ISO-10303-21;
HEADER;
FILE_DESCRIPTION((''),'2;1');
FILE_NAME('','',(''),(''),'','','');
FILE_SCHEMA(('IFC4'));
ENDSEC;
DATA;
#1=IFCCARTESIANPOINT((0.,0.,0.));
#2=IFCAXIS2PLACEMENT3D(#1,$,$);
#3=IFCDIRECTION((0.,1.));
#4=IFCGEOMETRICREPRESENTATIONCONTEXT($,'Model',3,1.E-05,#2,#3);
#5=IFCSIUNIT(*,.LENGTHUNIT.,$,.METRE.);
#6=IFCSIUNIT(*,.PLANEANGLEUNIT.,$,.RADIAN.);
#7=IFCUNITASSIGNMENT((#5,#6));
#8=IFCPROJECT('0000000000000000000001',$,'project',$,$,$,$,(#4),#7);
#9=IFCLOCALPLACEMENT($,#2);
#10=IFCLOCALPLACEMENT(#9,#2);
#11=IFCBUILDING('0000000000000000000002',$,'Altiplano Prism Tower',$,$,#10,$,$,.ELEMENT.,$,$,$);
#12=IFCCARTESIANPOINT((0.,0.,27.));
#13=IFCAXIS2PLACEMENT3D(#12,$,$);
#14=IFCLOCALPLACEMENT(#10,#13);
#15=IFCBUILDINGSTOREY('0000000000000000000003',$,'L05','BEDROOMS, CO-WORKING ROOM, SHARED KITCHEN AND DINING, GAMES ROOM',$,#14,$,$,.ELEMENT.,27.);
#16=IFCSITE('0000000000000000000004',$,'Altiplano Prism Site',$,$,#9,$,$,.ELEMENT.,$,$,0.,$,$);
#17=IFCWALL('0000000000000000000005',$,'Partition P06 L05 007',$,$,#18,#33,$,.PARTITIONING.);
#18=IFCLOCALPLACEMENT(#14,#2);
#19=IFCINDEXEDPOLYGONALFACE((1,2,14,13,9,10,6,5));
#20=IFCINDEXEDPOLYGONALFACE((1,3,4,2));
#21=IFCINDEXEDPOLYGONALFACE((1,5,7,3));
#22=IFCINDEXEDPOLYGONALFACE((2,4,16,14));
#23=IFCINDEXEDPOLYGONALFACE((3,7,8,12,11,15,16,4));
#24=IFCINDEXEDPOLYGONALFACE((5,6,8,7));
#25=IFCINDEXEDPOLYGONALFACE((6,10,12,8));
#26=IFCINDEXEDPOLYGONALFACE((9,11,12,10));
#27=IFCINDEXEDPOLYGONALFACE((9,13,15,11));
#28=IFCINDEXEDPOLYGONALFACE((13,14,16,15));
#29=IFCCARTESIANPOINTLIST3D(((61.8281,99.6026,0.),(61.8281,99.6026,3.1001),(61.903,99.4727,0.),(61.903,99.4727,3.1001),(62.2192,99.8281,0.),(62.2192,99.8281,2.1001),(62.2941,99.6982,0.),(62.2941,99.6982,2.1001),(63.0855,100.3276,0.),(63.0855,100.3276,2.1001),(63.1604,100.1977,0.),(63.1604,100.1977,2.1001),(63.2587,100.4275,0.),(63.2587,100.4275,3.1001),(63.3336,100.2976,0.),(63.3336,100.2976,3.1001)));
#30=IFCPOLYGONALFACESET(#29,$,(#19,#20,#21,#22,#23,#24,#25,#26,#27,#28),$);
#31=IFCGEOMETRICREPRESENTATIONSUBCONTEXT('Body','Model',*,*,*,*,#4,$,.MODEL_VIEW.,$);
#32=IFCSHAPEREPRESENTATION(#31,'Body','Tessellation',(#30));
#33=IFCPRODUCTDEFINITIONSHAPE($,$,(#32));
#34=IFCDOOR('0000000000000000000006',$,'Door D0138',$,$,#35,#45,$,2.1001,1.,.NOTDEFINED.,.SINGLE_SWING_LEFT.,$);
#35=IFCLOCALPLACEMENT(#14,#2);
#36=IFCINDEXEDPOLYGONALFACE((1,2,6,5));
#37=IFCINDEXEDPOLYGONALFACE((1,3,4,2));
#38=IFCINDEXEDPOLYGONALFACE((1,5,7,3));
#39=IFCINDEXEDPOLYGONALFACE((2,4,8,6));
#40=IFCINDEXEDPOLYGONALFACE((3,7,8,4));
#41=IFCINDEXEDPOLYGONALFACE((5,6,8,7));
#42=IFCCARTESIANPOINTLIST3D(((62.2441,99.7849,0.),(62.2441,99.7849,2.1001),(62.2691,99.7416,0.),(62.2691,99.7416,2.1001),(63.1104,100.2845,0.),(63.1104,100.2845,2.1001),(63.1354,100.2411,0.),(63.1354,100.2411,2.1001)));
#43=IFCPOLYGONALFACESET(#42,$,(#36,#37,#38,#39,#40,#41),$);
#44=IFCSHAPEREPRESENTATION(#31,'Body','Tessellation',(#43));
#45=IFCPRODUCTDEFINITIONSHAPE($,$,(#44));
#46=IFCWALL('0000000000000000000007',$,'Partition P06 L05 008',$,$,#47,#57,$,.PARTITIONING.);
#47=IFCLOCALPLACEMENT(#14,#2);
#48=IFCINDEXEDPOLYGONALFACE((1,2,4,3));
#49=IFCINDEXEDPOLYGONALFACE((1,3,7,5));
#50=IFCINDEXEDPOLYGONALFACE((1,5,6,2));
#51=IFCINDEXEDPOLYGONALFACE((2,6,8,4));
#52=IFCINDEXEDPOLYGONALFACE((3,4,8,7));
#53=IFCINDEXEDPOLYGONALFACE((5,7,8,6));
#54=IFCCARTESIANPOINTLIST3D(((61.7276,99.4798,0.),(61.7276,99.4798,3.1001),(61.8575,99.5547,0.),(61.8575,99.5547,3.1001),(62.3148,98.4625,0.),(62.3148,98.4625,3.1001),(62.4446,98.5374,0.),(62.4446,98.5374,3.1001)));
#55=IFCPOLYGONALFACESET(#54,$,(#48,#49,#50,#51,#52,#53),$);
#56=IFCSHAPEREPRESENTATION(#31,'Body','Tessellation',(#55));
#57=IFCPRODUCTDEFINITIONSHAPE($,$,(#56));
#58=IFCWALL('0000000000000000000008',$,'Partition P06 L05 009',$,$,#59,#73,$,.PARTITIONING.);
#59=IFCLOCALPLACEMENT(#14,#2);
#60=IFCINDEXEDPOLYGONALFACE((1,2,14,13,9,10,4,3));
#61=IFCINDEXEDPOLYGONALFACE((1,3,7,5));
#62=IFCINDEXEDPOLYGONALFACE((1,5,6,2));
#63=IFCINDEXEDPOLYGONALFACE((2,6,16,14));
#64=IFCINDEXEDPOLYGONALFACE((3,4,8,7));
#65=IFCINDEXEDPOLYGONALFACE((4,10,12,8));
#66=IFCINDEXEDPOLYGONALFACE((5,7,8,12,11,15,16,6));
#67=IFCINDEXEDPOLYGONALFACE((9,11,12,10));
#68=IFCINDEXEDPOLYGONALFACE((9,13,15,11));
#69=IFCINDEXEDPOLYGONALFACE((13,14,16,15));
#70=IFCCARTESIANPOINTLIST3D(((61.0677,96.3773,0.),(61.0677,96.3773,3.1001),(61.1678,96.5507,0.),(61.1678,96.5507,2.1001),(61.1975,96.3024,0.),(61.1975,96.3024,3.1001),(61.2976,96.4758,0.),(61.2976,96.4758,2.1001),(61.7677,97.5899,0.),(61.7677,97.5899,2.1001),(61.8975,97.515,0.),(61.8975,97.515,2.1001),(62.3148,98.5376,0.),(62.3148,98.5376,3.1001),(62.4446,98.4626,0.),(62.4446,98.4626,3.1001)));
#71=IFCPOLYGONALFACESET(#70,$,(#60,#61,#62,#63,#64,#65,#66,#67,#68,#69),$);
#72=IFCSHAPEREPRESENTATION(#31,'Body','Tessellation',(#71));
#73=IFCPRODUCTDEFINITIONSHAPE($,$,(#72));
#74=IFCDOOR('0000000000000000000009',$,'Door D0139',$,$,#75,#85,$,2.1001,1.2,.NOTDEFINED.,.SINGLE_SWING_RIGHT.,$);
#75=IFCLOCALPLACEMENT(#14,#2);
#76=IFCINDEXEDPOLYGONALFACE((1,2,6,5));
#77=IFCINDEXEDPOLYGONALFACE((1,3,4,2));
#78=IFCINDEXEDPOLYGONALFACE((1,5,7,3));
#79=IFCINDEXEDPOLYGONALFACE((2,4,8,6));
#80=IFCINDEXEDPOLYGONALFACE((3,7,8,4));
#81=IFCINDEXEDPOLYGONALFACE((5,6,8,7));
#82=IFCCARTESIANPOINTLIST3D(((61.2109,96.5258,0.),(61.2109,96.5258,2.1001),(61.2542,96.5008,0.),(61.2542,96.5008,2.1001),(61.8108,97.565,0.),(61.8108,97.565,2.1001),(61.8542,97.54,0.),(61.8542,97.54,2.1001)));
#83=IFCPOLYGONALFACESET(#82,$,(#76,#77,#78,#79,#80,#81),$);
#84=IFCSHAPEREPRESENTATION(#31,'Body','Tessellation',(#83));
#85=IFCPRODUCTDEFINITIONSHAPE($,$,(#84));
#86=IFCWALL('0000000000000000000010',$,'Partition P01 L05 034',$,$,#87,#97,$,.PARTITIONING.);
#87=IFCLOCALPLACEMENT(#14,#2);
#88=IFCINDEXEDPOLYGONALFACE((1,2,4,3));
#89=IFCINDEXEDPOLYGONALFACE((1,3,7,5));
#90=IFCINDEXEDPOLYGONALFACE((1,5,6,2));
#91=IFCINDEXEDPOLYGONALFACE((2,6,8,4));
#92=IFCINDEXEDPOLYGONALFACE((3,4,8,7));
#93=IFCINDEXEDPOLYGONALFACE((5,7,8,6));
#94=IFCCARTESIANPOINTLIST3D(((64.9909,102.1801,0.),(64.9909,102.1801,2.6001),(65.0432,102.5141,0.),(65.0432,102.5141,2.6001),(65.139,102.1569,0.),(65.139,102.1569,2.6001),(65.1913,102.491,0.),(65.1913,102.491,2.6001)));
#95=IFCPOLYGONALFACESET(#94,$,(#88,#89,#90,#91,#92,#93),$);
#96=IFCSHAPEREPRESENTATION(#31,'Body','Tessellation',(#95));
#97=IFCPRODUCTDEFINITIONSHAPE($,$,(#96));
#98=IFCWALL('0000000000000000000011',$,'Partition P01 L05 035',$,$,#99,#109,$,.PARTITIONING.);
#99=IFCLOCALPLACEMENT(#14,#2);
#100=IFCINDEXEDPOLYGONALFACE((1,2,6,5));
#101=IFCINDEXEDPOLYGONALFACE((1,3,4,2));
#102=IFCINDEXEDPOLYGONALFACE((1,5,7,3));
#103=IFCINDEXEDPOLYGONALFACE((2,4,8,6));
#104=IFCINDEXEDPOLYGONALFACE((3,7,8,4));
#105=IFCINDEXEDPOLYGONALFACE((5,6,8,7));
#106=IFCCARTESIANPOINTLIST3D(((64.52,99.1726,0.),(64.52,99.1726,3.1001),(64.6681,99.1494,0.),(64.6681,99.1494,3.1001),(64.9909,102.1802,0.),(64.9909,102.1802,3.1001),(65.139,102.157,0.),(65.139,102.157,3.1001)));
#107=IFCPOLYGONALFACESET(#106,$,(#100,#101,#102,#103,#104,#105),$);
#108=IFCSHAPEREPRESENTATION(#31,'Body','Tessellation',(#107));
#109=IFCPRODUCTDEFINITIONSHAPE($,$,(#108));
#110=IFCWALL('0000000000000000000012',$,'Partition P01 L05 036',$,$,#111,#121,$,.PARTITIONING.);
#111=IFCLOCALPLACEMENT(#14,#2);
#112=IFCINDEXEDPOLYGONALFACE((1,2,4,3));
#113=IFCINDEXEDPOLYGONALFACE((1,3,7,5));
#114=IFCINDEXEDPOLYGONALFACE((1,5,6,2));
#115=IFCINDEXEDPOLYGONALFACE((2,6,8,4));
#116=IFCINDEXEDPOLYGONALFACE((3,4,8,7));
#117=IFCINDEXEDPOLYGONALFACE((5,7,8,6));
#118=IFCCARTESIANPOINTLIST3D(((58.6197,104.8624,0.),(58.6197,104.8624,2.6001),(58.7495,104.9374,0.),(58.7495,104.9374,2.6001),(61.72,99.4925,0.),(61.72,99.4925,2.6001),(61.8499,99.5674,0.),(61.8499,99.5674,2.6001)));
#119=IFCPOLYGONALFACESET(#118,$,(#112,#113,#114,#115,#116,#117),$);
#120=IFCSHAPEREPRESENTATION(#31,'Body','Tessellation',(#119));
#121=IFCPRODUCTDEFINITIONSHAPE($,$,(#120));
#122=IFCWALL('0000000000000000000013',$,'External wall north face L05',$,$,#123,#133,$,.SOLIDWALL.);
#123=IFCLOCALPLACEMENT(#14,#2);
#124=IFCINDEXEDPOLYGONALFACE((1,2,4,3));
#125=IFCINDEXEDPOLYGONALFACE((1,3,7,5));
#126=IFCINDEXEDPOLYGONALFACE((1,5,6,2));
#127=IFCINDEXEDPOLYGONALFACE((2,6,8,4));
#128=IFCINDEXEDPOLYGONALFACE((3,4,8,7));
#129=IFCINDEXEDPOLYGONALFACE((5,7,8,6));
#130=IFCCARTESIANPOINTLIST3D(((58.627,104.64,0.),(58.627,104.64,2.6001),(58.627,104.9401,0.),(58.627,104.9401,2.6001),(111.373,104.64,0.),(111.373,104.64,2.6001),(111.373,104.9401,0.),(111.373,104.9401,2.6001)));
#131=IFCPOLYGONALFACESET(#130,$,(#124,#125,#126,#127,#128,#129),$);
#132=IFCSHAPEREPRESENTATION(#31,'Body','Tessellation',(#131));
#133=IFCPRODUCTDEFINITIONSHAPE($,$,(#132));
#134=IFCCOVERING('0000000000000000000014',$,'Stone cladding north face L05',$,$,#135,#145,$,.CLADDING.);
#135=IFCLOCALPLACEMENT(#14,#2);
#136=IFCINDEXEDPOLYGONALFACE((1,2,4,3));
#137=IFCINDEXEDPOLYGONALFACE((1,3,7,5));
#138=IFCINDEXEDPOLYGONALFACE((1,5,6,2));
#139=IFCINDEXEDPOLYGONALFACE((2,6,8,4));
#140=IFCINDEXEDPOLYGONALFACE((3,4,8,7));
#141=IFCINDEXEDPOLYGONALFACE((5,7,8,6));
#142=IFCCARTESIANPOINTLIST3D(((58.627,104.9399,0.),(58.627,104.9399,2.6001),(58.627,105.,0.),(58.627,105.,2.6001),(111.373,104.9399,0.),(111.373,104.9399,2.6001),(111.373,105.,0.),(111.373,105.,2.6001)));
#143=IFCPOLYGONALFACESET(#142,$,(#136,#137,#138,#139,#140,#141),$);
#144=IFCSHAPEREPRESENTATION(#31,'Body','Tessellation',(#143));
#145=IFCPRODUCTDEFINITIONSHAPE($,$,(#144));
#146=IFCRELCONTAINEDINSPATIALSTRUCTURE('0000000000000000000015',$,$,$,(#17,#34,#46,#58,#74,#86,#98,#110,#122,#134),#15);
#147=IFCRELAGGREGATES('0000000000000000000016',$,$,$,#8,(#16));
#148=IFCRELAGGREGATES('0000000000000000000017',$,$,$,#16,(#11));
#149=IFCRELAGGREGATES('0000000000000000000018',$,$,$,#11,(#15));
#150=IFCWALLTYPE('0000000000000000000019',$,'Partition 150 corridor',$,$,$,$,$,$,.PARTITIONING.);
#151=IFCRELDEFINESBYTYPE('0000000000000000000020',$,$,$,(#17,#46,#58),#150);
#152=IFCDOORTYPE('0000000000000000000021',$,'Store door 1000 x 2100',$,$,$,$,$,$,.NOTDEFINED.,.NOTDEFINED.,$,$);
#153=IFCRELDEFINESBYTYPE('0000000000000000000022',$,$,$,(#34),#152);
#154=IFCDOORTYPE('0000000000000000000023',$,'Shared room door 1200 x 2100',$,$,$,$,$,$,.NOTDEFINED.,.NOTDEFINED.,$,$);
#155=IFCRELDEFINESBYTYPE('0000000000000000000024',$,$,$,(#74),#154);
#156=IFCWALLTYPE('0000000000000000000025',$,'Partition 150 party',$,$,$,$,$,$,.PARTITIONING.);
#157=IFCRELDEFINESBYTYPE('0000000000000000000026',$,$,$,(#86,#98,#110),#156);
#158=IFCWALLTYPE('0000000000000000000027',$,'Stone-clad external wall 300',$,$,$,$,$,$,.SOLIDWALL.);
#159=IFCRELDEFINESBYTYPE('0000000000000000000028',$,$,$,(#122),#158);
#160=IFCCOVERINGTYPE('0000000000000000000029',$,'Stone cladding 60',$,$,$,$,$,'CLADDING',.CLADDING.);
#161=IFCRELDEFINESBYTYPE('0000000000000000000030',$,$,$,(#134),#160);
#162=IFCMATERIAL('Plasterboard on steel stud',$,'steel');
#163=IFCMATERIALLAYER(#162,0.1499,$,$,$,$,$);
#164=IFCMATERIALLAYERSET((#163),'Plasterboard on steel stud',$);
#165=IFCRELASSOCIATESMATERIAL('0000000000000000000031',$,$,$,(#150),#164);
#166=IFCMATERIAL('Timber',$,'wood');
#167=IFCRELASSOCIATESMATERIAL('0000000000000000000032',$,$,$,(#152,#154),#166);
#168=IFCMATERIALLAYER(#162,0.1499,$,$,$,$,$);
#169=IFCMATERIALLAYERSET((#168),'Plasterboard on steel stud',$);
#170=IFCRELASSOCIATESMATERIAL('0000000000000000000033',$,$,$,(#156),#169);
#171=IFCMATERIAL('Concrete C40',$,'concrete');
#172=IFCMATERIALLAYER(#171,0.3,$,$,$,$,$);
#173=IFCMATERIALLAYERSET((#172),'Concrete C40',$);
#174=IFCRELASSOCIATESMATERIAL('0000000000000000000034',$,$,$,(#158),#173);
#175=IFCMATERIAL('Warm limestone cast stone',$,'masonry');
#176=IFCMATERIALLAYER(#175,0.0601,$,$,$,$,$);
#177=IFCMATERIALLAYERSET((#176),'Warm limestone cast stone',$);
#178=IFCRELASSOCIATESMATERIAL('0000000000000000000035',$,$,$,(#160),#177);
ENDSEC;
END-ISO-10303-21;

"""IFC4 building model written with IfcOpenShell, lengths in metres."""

from ifc_helpers import new_model, si_unit, direction, frame, frame_2d, origin, place, context, subcontext, project, spatial, rectangle, extrude, material, layer, layer_set, type_object, element, fill, save


model = new_model("IFC4")

# Units and contexts
model_context = context("Model", 3, precision=1e-05, world=origin(), true_north=direction((0.0, 1.0)))
body_context = subcontext(model_context, "Body", "Model", "MODEL_VIEW")
ifc_project = project(units=[si_unit("LENGTHUNIT", "METRE"), si_unit("PLANEANGLEUNIT", "RADIAN")], contexts=[model_context])

# Site, building, storey
site_placement = place(None, origin())
site = spatial("IfcSite", under=ifc_project, at=site_placement, Name="Altiplano Prism Site", CompositionType="ELEMENT", RefElevation=0.0)
building_placement = place(site_placement, origin())
building = spatial("IfcBuilding", under=site, at=building_placement, Name="Altiplano Prism Tower", CompositionType="ELEMENT")
storey_placement = place(building_placement, frame((0.0, 0.0, 27.0)))
storey = spatial("IfcBuildingStorey", under=building, at=storey_placement, Name="L05", Description="BEDROOMS, CO-WORKING ROOM, SHARED KITCHEN AND DINING, GAMES ROOM", CompositionType="ELEMENT", Elevation=27.0)

# Shared definitions
ifc_material_1 = material(Name="Plasterboard on steel stud", Category="steel")
ifc_layer_1 = layer(ifc_material_1, 0.1499)
ifc_layer_set_1 = layer_set([ifc_layer_1], Name="Plasterboard on steel stud")
wall_type_1 = type_object("IfcWallType", Name="Partition 150 corridor", PredefinedType="PARTITIONING", material=ifc_layer_set_1)

# Wall, opening, door
wall_1_placement = place(storey_placement, frame((63.2961, 100.3625, 0.0), z_axis=(0.0, 0.0, 1.0), x_axis=(-0.866299, -0.499526, 0.0)))
wall_1 = element("IfcWall", 1, at=wall_1_placement, inside=storey, type_object=wall_type_1, Name="Partition P06 L05 007", PredefinedType="PARTITIONING", context=body_context, shape_type="SweptSolid", body=[
    extrude(rectangle(XDim=1.6514, YDim=0.1499, at=frame_2d((0.8257, 0.0))), origin(), (0.0, 0.0, 1.0), 3.1001),
])
opening_1_placement = place(wall_1_placement, frame((0.2, 0.0, 0.0)))
opening_1 = element("IfcOpeningElement", 2, at=opening_1_placement, cuts=wall_1, PredefinedType="OPENING", context=body_context, shape_type="SweptSolid", body=[
    extrude(rectangle(XDim=1.0, YDim=2.1001, at=frame_2d((0.5, 1.05))), frame((0.0, 0.0854, 0.0), z_axis=(0.0, -1.0, 0.0), x_axis=(1.0, 0.0, 0.0)), (0.0, 0.0, 1.0), 0.1709),
])
ifc_material_2 = material(Name="Timber", Category="wood")
door_type_1 = type_object("IfcDoorType", Name="Store door 1000 x 2100", OperationType="NOTDEFINED", PredefinedType="NOTDEFINED", material=ifc_material_2)
door_1_placement = place(opening_1_placement, origin())
door_1 = element("IfcDoor", 3, at=door_1_placement, inside=storey, type_object=door_type_1, Name="Door D0138", OperationType="SINGLE_SWING_LEFT", OverallHeight=2.1001, OverallWidth=1.0, PredefinedType="NOTDEFINED", context=body_context, shape_type="SweptSolid", body=[
    extrude(rectangle(XDim=1.0, YDim=2.1001, at=frame_2d((0.5, 1.05))), frame((0.0, 0.0249, 0.0), z_axis=(0.0, -1.0, 0.0), x_axis=(1.0, 0.0, 0.0)), (0.0, 0.0, 1.0), 0.05),
])
fill(opening_1, door_1)

# Wall
wall_2_placement = place(storey_placement, frame((61.7925, 99.5173, 0.0), z_axis=(0.0, 0.0, 1.0), x_axis=(0.499872, -0.866099, 0.0)))
element("IfcWall", 4, at=wall_2_placement, inside=storey, type_object=wall_type_1, Name="Partition P06 L05 008", PredefinedType="PARTITIONING", context=body_context, shape_type="SweptSolid", body=[
    extrude(rectangle(XDim=1.1746, YDim=0.1499, at=frame_2d((0.5874, 0.0))), origin(), (0.0, 0.0, 1.0), 3.1001),
])

# Wall, opening, door
wall_3_placement = place(storey_placement, frame((62.3796, 98.5, 0.0), z_axis=(0.0, 0.0, 1.0), x_axis=(-0.499971, -0.866042, 0.0)))
wall_3 = element("IfcWall", 5, at=wall_3_placement, inside=storey, type_object=wall_type_1, Name="Partition P06 L05 009", PredefinedType="PARTITIONING", context=body_context, shape_type="SweptSolid", body=[
    extrude(rectangle(XDim=2.4944, YDim=0.1499, at=frame_2d((1.2471, 0.0))), origin(), (0.0, 0.0, 1.0), 3.1001),
])
opening_2_placement = place(wall_3_placement, frame((1.094, 0.0, 0.0)))
opening_2 = element("IfcOpeningElement", 6, at=opening_2_placement, cuts=wall_3, PredefinedType="OPENING", context=body_context, shape_type="SweptSolid", body=[
    extrude(rectangle(XDim=1.2, YDim=2.1001, at=frame_2d((0.6001, 1.05))), frame((0.0, 0.0854, 0.0), z_axis=(0.0, -1.0, 0.0), x_axis=(1.0, 0.0, 0.0)), (0.0, 0.0, 1.0), 0.1709),
])
door_type_2 = type_object("IfcDoorType", Name="Shared room door 1200 x 2100", OperationType="NOTDEFINED", PredefinedType="NOTDEFINED", material=ifc_material_2)
door_2_placement = place(opening_2_placement, origin())
door_2 = element("IfcDoor", 7, at=door_2_placement, inside=storey, type_object=door_type_2, Name="Door D0139", OperationType="SINGLE_SWING_RIGHT", OverallHeight=2.1001, OverallWidth=1.2, PredefinedType="NOTDEFINED", context=body_context, shape_type="SweptSolid", body=[
    extrude(rectangle(XDim=1.2, YDim=2.1001, at=frame_2d((0.6001, 1.05))), frame((0.0, 0.0249, 0.0), z_axis=(0.0, -1.0, 0.0), x_axis=(1.0, 0.0, 0.0)), (0.0, 0.0, 1.0), 0.05),
])
fill(opening_2, door_2)

# Walls
ifc_layer_2 = layer(ifc_material_1, 0.1499)
ifc_layer_set_2 = layer_set([ifc_layer_2], Name="Plasterboard on steel stud")
wall_type_2 = type_object("IfcWallType", Name="Partition 150 party", PredefinedType="PARTITIONING", material=ifc_layer_set_2)
wall_4_placement = place(storey_placement, frame((65.1172, 102.5024, 0.0), z_axis=(0.0, 0.0, 1.0), x_axis=(-0.154553, -0.987984, 0.0)))
element("IfcWall", 8, at=wall_4_placement, inside=storey, type_object=wall_type_2, Name="Partition P01 L05 034", PredefinedType="PARTITIONING", context=body_context, shape_type="SweptSolid", body=[
    extrude(rectangle(XDim=0.3381, YDim=0.1499, at=frame_2d((0.1689, 0.0))), origin(), (0.0, 0.0, 1.0), 2.6001),
])
wall_5_placement = place(storey_placement, frame((65.0649, 102.1685, 0.0), z_axis=(0.0, 0.0, 1.0), x_axis=(-0.154702, -0.987961, 0.0)))
element("IfcWall", 9, at=wall_5_placement, inside=storey, type_object=wall_type_2, Name="Partition P01 L05 035", PredefinedType="PARTITIONING", context=body_context, shape_type="SweptSolid", body=[
    extrude(rectangle(XDim=3.0442, YDim=0.1499, at=frame_2d((1.522, 0.0))), origin(), (0.0, 0.0, 1.0), 3.1001),
])
wall_6_placement = place(storey_placement, frame((58.6846, 104.8999, 0.0), z_axis=(0.0, 0.0, 1.0), x_axis=(0.500005, -0.866022, 0.0)))
element("IfcWall", 10, at=wall_6_placement, inside=storey, type_object=wall_type_2, Name="Partition P01 L05 036", PredefinedType="PARTITIONING", context=body_context, shape_type="SweptSolid", body=[
    extrude(rectangle(XDim=6.2007, YDim=0.1499, at=frame_2d((3.1003, 0.0))), origin(), (0.0, 0.0, 1.0), 2.6001),
])
ifc_material_3 = material(Name="Concrete C40", Category="concrete")
ifc_layer_3 = layer(ifc_material_3, 0.3)
ifc_layer_set_3 = layer_set([ifc_layer_3], Name="Concrete C40")
wall_type_3 = type_object("IfcWallType", Name="Stone-clad external wall 300", PredefinedType="SOLIDWALL", material=ifc_layer_set_3)
wall_7_placement = place(storey_placement, frame((58.627, 104.79, 0.0), z_axis=(0.0, 0.0, 1.0), x_axis=(1.0, 0.0, 0.0)))
element("IfcWall", 11, at=wall_7_placement, inside=storey, type_object=wall_type_3, Name="External wall north face L05", PredefinedType="SOLIDWALL", context=body_context, shape_type="SweptSolid", body=[
    extrude(rectangle(XDim=52.7461, YDim=0.3, at=frame_2d((26.373, 0.0))), origin(), (0.0, 0.0, 1.0), 2.6001),
])

# Covering
ifc_material_4 = material(Name="Warm limestone cast stone", Category="masonry")
ifc_layer_4 = layer(ifc_material_4, 0.0601)
ifc_layer_set_4 = layer_set([ifc_layer_4], Name="Warm limestone cast stone")
covering_type = type_object("IfcCoveringType", Name="Stone cladding 60", ElementType="CLADDING", PredefinedType="CLADDING", material=ifc_layer_set_4)
covering_placement = place(storey_placement, frame((58.627, 104.97, 0.0), z_axis=(0.0, 0.0, 1.0), x_axis=(1.0, 0.0, 0.0)))
element("IfcCovering", 12, at=covering_placement, inside=storey, type_object=covering_type, Name="Stone cladding north face L05", PredefinedType="CLADDING", context=body_context, shape_type="SweptSolid", body=[
    extrude(rectangle(XDim=52.7461, YDim=0.0601, at=frame_2d((26.373, 0.0))), origin(), (0.0, 0.0, 1.0), 2.6001),
])

save(model, "model.ifc")
